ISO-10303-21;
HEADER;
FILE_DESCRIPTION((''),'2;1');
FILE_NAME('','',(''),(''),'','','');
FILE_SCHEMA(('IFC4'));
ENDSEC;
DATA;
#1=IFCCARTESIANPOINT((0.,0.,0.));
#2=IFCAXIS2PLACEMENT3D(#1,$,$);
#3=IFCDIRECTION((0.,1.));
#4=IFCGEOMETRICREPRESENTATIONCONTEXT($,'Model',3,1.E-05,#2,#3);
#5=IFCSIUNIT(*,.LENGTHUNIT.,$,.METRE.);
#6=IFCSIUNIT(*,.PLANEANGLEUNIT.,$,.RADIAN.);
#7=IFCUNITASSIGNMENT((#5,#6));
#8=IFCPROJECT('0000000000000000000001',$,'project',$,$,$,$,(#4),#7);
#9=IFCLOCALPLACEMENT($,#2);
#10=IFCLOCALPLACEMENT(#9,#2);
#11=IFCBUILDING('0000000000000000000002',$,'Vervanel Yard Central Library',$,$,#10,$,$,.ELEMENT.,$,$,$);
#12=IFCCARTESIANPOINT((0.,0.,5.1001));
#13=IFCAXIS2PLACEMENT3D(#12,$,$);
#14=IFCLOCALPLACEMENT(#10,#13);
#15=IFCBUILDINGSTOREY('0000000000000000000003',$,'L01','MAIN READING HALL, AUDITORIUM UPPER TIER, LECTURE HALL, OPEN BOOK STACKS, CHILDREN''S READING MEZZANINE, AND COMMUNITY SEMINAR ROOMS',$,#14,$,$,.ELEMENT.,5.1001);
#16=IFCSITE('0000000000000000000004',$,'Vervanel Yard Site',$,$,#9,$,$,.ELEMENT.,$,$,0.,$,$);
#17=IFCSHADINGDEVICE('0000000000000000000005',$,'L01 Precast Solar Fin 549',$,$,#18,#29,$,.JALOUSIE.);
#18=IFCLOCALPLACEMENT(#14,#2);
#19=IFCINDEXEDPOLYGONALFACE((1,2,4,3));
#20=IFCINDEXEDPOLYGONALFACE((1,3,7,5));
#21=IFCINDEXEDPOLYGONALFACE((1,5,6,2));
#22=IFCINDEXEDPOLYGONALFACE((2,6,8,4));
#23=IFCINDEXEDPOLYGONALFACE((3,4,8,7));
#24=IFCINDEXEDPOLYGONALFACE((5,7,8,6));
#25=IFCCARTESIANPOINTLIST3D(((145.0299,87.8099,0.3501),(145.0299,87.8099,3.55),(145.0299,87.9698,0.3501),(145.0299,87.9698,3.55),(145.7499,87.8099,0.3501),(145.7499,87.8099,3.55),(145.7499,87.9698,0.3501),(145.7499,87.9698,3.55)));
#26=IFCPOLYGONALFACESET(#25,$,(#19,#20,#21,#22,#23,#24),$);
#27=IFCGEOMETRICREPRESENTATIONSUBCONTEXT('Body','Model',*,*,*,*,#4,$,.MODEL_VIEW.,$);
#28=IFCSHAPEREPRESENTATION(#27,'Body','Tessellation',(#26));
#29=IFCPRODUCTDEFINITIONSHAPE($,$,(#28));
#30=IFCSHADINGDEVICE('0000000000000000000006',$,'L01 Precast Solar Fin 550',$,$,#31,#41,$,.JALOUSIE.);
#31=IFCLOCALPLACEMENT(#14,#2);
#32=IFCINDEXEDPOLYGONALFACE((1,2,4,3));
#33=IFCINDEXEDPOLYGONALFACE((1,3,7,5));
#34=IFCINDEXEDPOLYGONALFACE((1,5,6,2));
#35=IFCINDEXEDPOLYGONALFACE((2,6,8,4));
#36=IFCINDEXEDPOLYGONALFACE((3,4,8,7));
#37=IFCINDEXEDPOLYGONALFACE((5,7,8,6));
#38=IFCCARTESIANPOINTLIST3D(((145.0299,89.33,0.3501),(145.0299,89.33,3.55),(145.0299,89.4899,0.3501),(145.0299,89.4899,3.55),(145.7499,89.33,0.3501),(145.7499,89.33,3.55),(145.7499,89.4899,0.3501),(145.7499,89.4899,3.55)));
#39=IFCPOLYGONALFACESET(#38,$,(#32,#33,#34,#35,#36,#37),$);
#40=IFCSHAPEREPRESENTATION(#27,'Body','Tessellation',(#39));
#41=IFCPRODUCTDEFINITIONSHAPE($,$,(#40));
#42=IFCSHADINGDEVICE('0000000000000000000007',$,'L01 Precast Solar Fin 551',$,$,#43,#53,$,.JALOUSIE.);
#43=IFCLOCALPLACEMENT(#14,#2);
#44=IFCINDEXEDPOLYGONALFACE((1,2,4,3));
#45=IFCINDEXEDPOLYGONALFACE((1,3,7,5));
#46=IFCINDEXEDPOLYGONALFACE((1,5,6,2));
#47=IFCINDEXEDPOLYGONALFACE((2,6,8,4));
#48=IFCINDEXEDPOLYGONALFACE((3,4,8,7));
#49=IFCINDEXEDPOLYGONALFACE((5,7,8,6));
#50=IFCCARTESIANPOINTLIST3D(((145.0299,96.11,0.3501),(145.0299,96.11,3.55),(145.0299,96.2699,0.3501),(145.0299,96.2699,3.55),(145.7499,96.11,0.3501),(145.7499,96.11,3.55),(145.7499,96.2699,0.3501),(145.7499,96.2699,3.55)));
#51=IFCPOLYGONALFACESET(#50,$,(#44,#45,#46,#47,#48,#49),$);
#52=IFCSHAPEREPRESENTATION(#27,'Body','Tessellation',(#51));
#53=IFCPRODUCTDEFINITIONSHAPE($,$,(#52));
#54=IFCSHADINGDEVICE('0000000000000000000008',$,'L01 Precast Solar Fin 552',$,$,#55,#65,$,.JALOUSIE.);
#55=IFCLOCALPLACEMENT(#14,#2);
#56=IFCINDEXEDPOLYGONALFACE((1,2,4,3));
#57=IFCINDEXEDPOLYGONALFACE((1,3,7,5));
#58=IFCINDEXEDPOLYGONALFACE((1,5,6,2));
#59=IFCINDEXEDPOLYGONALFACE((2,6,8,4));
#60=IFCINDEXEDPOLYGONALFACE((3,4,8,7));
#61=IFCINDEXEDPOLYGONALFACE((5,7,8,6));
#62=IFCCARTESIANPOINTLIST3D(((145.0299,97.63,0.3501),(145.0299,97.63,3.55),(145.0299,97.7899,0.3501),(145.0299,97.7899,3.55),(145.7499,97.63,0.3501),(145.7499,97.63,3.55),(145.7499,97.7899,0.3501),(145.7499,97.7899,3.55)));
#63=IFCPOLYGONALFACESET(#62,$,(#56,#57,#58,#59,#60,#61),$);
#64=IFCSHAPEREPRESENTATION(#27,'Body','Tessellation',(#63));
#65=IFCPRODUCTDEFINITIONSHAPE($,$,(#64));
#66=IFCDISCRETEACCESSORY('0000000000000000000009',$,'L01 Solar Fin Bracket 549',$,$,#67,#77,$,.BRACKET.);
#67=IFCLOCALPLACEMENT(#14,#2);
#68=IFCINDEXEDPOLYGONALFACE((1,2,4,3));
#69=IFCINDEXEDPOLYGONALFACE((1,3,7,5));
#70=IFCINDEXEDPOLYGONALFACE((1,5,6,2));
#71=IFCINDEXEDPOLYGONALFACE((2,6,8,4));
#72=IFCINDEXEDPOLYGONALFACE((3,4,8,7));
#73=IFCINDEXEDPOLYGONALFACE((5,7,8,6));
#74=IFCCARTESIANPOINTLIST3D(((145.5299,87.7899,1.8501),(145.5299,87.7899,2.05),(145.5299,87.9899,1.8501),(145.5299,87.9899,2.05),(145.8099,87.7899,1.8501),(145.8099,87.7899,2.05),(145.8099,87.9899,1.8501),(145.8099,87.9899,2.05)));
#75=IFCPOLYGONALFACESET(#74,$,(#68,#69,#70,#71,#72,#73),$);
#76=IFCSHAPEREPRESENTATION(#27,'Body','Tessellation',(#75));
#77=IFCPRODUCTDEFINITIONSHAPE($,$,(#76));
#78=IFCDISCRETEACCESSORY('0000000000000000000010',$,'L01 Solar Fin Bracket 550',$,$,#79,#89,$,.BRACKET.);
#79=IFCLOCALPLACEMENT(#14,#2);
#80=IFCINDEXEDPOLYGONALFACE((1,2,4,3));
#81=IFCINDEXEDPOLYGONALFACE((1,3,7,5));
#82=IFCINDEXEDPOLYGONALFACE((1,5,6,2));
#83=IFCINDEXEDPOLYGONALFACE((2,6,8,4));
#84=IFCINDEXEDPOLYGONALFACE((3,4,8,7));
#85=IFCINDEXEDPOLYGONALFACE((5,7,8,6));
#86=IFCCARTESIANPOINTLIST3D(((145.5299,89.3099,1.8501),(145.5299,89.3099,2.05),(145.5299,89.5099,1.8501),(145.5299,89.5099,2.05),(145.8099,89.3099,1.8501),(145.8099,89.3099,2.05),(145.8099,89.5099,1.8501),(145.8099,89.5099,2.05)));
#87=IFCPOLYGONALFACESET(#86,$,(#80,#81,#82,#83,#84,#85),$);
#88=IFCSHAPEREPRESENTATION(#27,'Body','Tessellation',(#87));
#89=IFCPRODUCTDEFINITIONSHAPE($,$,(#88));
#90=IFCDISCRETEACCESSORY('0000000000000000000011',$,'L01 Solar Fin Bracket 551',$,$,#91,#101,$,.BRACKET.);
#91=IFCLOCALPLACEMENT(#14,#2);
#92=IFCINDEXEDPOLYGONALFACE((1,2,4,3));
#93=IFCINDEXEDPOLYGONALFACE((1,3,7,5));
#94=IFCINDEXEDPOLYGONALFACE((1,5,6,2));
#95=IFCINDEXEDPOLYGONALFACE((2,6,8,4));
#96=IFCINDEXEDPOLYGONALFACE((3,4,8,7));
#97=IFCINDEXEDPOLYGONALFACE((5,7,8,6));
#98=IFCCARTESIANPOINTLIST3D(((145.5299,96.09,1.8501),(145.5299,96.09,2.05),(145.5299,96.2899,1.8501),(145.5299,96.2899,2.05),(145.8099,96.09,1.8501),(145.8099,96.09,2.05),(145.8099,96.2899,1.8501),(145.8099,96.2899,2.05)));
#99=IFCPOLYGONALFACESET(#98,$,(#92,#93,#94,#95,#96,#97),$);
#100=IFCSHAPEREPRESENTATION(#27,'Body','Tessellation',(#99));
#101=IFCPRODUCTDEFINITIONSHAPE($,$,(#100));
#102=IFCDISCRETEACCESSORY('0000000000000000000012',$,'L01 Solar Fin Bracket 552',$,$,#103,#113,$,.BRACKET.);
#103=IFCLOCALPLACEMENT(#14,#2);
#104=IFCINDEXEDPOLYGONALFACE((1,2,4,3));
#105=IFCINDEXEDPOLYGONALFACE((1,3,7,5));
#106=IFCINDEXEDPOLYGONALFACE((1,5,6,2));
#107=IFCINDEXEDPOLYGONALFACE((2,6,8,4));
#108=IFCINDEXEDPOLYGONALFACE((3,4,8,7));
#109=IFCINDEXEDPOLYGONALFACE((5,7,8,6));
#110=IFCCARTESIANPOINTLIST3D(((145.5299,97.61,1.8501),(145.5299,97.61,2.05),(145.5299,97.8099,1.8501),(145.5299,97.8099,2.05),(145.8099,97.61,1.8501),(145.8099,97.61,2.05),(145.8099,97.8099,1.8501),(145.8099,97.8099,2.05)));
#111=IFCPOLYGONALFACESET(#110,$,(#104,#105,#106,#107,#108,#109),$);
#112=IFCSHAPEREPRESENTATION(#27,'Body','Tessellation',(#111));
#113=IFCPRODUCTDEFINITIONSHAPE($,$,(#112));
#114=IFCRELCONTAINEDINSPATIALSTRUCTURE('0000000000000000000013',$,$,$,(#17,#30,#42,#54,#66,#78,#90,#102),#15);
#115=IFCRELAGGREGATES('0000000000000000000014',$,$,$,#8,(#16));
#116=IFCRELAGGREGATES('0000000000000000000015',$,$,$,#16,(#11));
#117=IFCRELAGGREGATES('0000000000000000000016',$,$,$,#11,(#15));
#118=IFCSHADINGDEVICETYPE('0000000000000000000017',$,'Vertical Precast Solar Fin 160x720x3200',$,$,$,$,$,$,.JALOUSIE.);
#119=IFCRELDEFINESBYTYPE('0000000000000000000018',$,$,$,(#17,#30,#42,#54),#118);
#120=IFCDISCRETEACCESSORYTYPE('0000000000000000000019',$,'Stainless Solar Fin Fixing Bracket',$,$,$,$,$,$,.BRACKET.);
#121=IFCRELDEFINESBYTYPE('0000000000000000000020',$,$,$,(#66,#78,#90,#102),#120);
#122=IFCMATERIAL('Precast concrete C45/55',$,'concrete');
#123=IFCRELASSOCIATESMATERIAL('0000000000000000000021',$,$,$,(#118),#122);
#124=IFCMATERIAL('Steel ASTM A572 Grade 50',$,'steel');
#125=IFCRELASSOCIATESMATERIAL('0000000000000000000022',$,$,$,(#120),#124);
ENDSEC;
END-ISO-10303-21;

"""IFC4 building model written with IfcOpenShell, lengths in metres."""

from ifc_helpers import new_model, si_unit, direction, frame, origin, origin_2d, place, context, subcontext, project, spatial, rectangle, extrude, material, type_object, element, save


model = new_model("IFC4")

# Units and contexts
model_context = context("Model", 3, precision=1e-05, world=origin(), true_north=direction((0.0, 1.0)))
body_context = subcontext(model_context, "Body", "Model", "MODEL_VIEW")
ifc_project = project(units=[si_unit("LENGTHUNIT", "METRE"), si_unit("PLANEANGLEUNIT", "RADIAN")], contexts=[model_context])

# Site, building, storey
site_placement = place(None, origin())
site = spatial("IfcSite", under=ifc_project, at=site_placement, Name="Vervanel Yard Site", CompositionType="ELEMENT", RefElevation=0.0)
building_placement = place(site_placement, origin())
building = spatial("IfcBuilding", under=site, at=building_placement, Name="Vervanel Yard Central Library", CompositionType="ELEMENT")
storey_placement = place(building_placement, frame((0.0, 0.0, 5.1001)))
storey = spatial("IfcBuildingStorey", under=building, at=storey_placement, Name="L01", Description="MAIN READING HALL, AUDITORIUM UPPER TIER, LECTURE HALL, OPEN BOOK STACKS, CHILDREN'S READING MEZZANINE, AND COMMUNITY SEMINAR ROOMS", CompositionType="ELEMENT", Elevation=5.1001)

# Shared definitions
ifc_material_1 = material(Name="Precast concrete C45/55", Category="concrete")

# Shading devices
shading_device_type = type_object("IfcShadingDeviceType", Name="Vertical Precast Solar Fin 160x720x3200", PredefinedType="JALOUSIE", material=ifc_material_1)
for number, where, z_axis, x_axis, name in (
    (1, (145.3899, 87.8899, 0.3501), (0.0, 0.0, 1.0), (0.0, 1.0, 0.0), "L01 Precast Solar Fin 549"),
    (2, (145.3899, 89.4099, 0.3501), (0.0, 0.0, 1.0), (0.0, 1.0, 0.0), "L01 Precast Solar Fin 550"),
    (3, (145.3899, 96.1899, 0.3501), (0.0, 0.0, 1.0), (0.0, 1.0, 0.0), "L01 Precast Solar Fin 551"),
    (4, (145.3899, 97.71, 0.3501), (0.0, 0.0, 1.0), (0.0, 1.0, 0.0), "L01 Precast Solar Fin 552"),
):
    element("IfcShadingDevice", number, at=place(storey_placement, frame(where, z_axis=z_axis, x_axis=x_axis)), inside=storey, type_object=shading_device_type, Name=name, PredefinedType="JALOUSIE", context=body_context, shape_type="SweptSolid", body=[
        extrude(rectangle(XDim=0.1599, YDim=0.72, at=origin_2d()), origin(), (0.0, 0.0, 1.0), 3.2),
    ])

# Discrete accessories
ifc_material_2 = material(Name="Steel ASTM A572 Grade 50", Category="steel")
discrete_accessory_type = type_object("IfcDiscreteAccessoryType", Name="Stainless Solar Fin Fixing Bracket", PredefinedType="BRACKET", material=ifc_material_2)
for number, where, z_axis, x_axis, name in (
    (5, (145.6699, 87.8899, 1.8501), (0.0, 0.0, 1.0), (0.0, 1.0, 0.0), "L01 Solar Fin Bracket 549"),
    (6, (145.6699, 89.4099, 1.8501), (0.0, 0.0, 1.0), (0.0, 1.0, 0.0), "L01 Solar Fin Bracket 550"),
    (7, (145.6699, 96.1899, 1.8501), (0.0, 0.0, 1.0), (0.0, 1.0, 0.0), "L01 Solar Fin Bracket 551"),
    (8, (145.6699, 97.71, 1.8501), (0.0, 0.0, 1.0), (0.0, 1.0, 0.0), "L01 Solar Fin Bracket 552"),
):
    element("IfcDiscreteAccessory", number, at=place(storey_placement, frame(where, z_axis=z_axis, x_axis=x_axis)), inside=storey, type_object=discrete_accessory_type, Name=name, PredefinedType="BRACKET", context=body_context, shape_type="SweptSolid", body=[
        extrude(rectangle(XDim=0.2, YDim=0.28, at=origin_2d()), origin(), (0.0, 0.0, 1.0), 0.2),
    ])

save(model, "model.ifc")
